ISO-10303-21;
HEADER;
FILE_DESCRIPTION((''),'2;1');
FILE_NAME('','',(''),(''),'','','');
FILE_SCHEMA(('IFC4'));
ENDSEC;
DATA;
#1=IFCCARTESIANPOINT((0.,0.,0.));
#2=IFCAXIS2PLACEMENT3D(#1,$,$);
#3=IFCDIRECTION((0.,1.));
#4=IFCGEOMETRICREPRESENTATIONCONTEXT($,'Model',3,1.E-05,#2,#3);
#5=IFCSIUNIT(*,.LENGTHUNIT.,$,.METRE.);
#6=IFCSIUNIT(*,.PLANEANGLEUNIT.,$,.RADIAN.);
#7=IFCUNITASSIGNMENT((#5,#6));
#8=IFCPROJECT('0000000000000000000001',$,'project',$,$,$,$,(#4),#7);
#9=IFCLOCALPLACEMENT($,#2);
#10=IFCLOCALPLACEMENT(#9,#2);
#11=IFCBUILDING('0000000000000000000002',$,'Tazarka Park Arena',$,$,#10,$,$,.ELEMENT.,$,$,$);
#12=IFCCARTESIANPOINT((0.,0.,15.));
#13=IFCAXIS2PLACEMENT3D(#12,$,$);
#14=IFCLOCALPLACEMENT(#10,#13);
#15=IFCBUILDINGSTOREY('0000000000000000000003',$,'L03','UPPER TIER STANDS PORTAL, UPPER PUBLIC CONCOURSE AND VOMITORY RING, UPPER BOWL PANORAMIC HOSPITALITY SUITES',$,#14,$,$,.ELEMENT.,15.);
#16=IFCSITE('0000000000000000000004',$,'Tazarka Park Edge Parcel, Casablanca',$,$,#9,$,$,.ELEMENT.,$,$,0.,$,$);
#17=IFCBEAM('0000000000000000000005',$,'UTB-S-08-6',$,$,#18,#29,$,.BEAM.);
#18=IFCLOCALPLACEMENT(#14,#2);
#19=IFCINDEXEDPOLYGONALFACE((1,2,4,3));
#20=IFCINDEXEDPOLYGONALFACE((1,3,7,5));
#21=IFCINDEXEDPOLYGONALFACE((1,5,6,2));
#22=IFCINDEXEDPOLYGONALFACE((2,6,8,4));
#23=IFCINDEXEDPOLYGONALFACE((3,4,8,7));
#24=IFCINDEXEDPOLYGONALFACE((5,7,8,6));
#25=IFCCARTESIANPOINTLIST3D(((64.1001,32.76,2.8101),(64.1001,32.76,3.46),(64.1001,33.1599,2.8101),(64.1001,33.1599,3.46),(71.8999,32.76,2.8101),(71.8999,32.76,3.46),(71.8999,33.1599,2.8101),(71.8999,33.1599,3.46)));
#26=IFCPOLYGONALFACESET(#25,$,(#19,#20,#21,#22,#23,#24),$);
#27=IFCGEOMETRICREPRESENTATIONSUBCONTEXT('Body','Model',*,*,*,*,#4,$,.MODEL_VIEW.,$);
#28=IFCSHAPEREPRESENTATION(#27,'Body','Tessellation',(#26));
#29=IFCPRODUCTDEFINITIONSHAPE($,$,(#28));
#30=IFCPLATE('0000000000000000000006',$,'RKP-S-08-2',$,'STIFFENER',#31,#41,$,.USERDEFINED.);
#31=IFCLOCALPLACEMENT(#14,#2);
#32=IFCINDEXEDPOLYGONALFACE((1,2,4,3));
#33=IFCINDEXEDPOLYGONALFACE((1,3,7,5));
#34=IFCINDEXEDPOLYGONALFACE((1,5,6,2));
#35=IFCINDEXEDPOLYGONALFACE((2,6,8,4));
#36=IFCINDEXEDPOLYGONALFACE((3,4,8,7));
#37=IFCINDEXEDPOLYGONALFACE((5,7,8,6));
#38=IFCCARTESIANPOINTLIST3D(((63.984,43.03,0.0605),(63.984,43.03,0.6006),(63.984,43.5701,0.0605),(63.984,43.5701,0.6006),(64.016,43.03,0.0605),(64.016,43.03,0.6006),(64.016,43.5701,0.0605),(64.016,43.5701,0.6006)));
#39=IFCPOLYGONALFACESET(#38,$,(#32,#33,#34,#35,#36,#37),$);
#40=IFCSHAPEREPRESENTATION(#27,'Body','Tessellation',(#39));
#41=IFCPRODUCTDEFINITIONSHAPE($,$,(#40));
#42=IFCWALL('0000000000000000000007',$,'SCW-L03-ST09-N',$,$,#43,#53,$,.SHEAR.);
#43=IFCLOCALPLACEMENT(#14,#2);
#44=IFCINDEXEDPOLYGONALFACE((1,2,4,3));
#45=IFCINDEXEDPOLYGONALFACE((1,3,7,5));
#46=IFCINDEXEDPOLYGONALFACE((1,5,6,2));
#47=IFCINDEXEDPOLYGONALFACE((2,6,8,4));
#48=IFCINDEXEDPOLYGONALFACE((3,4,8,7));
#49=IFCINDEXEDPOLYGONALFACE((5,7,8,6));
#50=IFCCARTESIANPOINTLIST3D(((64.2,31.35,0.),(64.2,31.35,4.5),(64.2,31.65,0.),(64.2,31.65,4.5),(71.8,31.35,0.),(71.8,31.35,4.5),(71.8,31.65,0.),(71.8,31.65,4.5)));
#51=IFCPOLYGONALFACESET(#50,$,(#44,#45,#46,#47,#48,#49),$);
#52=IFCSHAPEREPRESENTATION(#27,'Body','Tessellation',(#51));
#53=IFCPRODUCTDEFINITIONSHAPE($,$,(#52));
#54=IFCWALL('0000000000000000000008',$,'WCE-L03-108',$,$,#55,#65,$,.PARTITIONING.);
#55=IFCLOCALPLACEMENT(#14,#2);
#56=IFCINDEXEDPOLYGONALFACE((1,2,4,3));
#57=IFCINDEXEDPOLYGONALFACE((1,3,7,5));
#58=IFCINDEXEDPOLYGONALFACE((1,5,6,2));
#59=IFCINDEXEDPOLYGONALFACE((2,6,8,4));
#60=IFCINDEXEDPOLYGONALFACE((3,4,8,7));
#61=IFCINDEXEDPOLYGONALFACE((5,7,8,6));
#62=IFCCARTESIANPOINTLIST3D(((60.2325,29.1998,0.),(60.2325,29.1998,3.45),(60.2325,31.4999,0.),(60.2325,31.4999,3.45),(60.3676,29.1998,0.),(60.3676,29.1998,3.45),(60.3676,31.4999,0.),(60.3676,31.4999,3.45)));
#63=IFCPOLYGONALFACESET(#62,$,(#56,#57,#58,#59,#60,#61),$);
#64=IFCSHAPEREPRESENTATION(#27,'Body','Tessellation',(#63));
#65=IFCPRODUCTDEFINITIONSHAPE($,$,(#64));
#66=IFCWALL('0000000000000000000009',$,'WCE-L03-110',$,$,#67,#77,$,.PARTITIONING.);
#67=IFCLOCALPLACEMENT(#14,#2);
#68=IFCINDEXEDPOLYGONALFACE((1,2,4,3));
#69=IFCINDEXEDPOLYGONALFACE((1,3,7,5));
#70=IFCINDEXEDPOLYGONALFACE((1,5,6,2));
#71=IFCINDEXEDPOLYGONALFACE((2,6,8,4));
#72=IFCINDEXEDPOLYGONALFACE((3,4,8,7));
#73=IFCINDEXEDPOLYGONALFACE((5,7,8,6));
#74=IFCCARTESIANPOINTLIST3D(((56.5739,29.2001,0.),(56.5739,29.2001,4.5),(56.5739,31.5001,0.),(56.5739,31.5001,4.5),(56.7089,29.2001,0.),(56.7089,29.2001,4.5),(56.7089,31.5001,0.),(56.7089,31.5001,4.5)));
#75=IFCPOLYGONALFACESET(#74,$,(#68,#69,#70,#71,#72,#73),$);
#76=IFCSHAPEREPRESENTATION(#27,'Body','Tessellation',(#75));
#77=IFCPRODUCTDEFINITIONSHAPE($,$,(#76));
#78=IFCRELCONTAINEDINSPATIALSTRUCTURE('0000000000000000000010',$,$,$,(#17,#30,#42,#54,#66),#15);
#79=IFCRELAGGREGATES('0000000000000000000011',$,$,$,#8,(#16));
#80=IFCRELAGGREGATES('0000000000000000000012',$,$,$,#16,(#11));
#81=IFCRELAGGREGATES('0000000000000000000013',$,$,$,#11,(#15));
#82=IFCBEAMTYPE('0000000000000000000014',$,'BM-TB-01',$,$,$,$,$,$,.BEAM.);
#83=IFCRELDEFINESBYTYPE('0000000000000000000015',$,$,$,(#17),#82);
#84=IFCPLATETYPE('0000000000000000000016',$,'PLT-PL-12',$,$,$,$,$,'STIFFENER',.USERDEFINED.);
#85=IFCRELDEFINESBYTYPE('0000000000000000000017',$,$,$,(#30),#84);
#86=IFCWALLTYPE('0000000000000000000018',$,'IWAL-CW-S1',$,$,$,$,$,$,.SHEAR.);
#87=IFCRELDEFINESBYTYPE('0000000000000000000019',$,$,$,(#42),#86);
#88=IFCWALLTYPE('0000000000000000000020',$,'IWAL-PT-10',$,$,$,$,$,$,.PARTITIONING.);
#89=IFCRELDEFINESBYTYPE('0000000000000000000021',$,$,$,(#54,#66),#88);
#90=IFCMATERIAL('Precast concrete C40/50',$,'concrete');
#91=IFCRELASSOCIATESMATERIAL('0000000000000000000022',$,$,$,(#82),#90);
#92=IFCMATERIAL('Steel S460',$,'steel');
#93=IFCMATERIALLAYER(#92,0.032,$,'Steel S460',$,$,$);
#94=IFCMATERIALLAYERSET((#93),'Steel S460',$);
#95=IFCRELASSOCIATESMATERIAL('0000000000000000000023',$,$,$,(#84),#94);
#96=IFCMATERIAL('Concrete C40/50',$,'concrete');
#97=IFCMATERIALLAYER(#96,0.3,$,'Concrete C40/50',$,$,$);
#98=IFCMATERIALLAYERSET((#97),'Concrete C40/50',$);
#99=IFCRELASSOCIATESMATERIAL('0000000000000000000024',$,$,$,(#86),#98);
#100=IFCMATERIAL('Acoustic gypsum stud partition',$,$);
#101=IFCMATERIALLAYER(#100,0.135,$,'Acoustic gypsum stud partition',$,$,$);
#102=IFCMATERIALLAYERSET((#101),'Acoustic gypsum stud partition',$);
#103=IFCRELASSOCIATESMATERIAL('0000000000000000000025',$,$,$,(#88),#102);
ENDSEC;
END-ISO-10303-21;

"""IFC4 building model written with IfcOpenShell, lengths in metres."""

from ifc_helpers import new_model, si_unit, direction, frame, frame_2d, origin, origin_2d, place, context, subcontext, project, spatial, rectangle, extrude, material, layer, layer_set, material_profile, profile_set, type_object, element, save


model = new_model("IFC4")

# Units and contexts
model_context = context("Model", 3, precision=1e-05, world=origin(), true_north=direction((0.0, 1.0)))
body_context = subcontext(model_context, "Body", "Model", "MODEL_VIEW")
ifc_project = project(units=[si_unit("LENGTHUNIT", "METRE"), si_unit("PLANEANGLEUNIT", "RADIAN")], contexts=[model_context])

# Site, building, storey
site_placement = place(None, origin())
site = spatial("IfcSite", under=ifc_project, at=site_placement, Name="Tazarka Park Edge Parcel, Casablanca", CompositionType="ELEMENT", RefElevation=0.0)
building_placement = place(site_placement, origin())
building = spatial("IfcBuilding", under=site, at=building_placement, Name="Tazarka Park Arena", CompositionType="ELEMENT")
storey_placement = place(building_placement, frame((0.0, 0.0, 15.0)))
storey = spatial("IfcBuildingStorey", under=building, at=storey_placement, Name="L03", Description="UPPER TIER STANDS PORTAL, UPPER PUBLIC CONCOURSE AND VOMITORY RING, UPPER BOWL PANORAMIC HOSPITALITY SUITES", CompositionType="ELEMENT", Elevation=15.0)

# Beam
ifc_material_1 = material(Name="Precast concrete C40/50", Category="concrete")
ifc_material_profile_1 = material_profile(ifc_material_1, rectangle(XDim=0.3999, YDim=0.6499, at=origin_2d()), Name="Precast concrete C40/50")
ifc_profile_set_1 = profile_set([ifc_material_profile_1], Name="Precast concrete C40/50")
beam_type_1 = type_object("IfcBeamType", Name="BM-TB-01", PredefinedType="BEAM", material=ifc_profile_set_1)
for number, where, z_axis, x_axis, name in (
    (1, (64.1001, 32.96, 3.135), (1.0, 0.0, 0.0), (0.0, 1.0, 0.0), "UTB-S-08-6"),
):
    element("IfcBeam", number, at=place(storey_placement, frame(where, z_axis=z_axis, x_axis=x_axis)), inside=storey, type_object=beam_type_1, Name=name, PredefinedType="BEAM", context=body_context, shape_type="SweptSolid", body=[
        extrude(rectangle(XDim=0.3999, YDim=0.6499, at=origin_2d()), origin(), (0.0, 0.0, 1.0), 7.7998),
    ])

# Plate
ifc_material_2 = material(Name="Steel S460", Category="steel")
ifc_layer_1 = layer(ifc_material_2, 0.032, Name="Steel S460")
ifc_layer_set_1 = layer_set([ifc_layer_1], Name="Steel S460")
plate_type = type_object("IfcPlateType", Name="PLT-PL-12", ElementType="STIFFENER", PredefinedType="USERDEFINED", material=ifc_layer_set_1)
plate_placement = place(storey_placement, frame((64.0, 43.3, 0.0605), z_axis=(0.0, 0.0, 1.0), x_axis=(1.0, 0.0, 0.0)))
element("IfcPlate", 2, at=plate_placement, inside=storey, type_object=plate_type, Name="RKP-S-08-2", ObjectType="STIFFENER", PredefinedType="USERDEFINED", context=body_context, shape_type="SweptSolid", body=[
    extrude(rectangle(XDim=0.032, YDim=0.54, at=origin_2d()), origin(), (0.0, 0.0, 1.0), 0.54),
])

# Walls
ifc_material_3 = material(Name="Concrete C40/50", Category="concrete")
ifc_layer_2 = layer(ifc_material_3, 0.3, Name="Concrete C40/50")
ifc_layer_set_2 = layer_set([ifc_layer_2], Name="Concrete C40/50")
wall_type_1 = type_object("IfcWallType", Name="IWAL-CW-S1", PredefinedType="SHEAR", material=ifc_layer_set_2)
wall_1_placement = place(storey_placement, frame((64.2, 31.5, 0.0), z_axis=(0.0, 0.0, 1.0), x_axis=(1.0, 0.0, 0.0)))
element("IfcWall", 3, at=wall_1_placement, inside=storey, type_object=wall_type_1, Name="SCW-L03-ST09-N", PredefinedType="SHEAR", context=body_context, shape_type="SweptSolid", body=[
    extrude(rectangle(XDim=7.6001, YDim=0.3, at=frame_2d((3.8, 0.0))), origin(), (0.0, 0.0, 1.0), 4.5),
])
ifc_material_4 = material(Name="Acoustic gypsum stud partition")
ifc_layer_3 = layer(ifc_material_4, 0.135, Name="Acoustic gypsum stud partition")
ifc_layer_set_3 = layer_set([ifc_layer_3], Name="Acoustic gypsum stud partition")
wall_type_2 = type_object("IfcWallType", Name="IWAL-PT-10", PredefinedType="PARTITIONING", material=ifc_layer_set_3)
wall_2_placement = place(storey_placement, frame((60.3, 29.2, 0.0), z_axis=(0.0, 0.0, 1.0), x_axis=(0.0, 1.0, 0.0)))
element("IfcWall", 4, at=wall_2_placement, inside=storey, type_object=wall_type_2, Name="WCE-L03-108", PredefinedType="PARTITIONING", context=body_context, shape_type="SweptSolid", body=[
    extrude(rectangle(XDim=2.3, YDim=0.135, at=frame_2d((1.1499, 0.0))), origin(), (0.0, 0.0, 1.0), 3.45),
])

# Wall
wall_3_placement = place(storey_placement, frame((56.6414, 31.5, 0.0), z_axis=(0.0, 0.0, 1.0), x_axis=(0.0, -1.0, 0.0)))
element("IfcWall", 5, at=wall_3_placement, inside=storey, type_object=wall_type_2, Name="WCE-L03-110", PredefinedType="PARTITIONING", context=body_context, shape_type="SweptSolid", body=[
    extrude(rectangle(XDim=2.3, YDim=0.135, at=frame_2d((1.1499, 0.0))), origin(), (0.0, 0.0, 1.0), 4.5),
])

save(model, "model.ifc")
